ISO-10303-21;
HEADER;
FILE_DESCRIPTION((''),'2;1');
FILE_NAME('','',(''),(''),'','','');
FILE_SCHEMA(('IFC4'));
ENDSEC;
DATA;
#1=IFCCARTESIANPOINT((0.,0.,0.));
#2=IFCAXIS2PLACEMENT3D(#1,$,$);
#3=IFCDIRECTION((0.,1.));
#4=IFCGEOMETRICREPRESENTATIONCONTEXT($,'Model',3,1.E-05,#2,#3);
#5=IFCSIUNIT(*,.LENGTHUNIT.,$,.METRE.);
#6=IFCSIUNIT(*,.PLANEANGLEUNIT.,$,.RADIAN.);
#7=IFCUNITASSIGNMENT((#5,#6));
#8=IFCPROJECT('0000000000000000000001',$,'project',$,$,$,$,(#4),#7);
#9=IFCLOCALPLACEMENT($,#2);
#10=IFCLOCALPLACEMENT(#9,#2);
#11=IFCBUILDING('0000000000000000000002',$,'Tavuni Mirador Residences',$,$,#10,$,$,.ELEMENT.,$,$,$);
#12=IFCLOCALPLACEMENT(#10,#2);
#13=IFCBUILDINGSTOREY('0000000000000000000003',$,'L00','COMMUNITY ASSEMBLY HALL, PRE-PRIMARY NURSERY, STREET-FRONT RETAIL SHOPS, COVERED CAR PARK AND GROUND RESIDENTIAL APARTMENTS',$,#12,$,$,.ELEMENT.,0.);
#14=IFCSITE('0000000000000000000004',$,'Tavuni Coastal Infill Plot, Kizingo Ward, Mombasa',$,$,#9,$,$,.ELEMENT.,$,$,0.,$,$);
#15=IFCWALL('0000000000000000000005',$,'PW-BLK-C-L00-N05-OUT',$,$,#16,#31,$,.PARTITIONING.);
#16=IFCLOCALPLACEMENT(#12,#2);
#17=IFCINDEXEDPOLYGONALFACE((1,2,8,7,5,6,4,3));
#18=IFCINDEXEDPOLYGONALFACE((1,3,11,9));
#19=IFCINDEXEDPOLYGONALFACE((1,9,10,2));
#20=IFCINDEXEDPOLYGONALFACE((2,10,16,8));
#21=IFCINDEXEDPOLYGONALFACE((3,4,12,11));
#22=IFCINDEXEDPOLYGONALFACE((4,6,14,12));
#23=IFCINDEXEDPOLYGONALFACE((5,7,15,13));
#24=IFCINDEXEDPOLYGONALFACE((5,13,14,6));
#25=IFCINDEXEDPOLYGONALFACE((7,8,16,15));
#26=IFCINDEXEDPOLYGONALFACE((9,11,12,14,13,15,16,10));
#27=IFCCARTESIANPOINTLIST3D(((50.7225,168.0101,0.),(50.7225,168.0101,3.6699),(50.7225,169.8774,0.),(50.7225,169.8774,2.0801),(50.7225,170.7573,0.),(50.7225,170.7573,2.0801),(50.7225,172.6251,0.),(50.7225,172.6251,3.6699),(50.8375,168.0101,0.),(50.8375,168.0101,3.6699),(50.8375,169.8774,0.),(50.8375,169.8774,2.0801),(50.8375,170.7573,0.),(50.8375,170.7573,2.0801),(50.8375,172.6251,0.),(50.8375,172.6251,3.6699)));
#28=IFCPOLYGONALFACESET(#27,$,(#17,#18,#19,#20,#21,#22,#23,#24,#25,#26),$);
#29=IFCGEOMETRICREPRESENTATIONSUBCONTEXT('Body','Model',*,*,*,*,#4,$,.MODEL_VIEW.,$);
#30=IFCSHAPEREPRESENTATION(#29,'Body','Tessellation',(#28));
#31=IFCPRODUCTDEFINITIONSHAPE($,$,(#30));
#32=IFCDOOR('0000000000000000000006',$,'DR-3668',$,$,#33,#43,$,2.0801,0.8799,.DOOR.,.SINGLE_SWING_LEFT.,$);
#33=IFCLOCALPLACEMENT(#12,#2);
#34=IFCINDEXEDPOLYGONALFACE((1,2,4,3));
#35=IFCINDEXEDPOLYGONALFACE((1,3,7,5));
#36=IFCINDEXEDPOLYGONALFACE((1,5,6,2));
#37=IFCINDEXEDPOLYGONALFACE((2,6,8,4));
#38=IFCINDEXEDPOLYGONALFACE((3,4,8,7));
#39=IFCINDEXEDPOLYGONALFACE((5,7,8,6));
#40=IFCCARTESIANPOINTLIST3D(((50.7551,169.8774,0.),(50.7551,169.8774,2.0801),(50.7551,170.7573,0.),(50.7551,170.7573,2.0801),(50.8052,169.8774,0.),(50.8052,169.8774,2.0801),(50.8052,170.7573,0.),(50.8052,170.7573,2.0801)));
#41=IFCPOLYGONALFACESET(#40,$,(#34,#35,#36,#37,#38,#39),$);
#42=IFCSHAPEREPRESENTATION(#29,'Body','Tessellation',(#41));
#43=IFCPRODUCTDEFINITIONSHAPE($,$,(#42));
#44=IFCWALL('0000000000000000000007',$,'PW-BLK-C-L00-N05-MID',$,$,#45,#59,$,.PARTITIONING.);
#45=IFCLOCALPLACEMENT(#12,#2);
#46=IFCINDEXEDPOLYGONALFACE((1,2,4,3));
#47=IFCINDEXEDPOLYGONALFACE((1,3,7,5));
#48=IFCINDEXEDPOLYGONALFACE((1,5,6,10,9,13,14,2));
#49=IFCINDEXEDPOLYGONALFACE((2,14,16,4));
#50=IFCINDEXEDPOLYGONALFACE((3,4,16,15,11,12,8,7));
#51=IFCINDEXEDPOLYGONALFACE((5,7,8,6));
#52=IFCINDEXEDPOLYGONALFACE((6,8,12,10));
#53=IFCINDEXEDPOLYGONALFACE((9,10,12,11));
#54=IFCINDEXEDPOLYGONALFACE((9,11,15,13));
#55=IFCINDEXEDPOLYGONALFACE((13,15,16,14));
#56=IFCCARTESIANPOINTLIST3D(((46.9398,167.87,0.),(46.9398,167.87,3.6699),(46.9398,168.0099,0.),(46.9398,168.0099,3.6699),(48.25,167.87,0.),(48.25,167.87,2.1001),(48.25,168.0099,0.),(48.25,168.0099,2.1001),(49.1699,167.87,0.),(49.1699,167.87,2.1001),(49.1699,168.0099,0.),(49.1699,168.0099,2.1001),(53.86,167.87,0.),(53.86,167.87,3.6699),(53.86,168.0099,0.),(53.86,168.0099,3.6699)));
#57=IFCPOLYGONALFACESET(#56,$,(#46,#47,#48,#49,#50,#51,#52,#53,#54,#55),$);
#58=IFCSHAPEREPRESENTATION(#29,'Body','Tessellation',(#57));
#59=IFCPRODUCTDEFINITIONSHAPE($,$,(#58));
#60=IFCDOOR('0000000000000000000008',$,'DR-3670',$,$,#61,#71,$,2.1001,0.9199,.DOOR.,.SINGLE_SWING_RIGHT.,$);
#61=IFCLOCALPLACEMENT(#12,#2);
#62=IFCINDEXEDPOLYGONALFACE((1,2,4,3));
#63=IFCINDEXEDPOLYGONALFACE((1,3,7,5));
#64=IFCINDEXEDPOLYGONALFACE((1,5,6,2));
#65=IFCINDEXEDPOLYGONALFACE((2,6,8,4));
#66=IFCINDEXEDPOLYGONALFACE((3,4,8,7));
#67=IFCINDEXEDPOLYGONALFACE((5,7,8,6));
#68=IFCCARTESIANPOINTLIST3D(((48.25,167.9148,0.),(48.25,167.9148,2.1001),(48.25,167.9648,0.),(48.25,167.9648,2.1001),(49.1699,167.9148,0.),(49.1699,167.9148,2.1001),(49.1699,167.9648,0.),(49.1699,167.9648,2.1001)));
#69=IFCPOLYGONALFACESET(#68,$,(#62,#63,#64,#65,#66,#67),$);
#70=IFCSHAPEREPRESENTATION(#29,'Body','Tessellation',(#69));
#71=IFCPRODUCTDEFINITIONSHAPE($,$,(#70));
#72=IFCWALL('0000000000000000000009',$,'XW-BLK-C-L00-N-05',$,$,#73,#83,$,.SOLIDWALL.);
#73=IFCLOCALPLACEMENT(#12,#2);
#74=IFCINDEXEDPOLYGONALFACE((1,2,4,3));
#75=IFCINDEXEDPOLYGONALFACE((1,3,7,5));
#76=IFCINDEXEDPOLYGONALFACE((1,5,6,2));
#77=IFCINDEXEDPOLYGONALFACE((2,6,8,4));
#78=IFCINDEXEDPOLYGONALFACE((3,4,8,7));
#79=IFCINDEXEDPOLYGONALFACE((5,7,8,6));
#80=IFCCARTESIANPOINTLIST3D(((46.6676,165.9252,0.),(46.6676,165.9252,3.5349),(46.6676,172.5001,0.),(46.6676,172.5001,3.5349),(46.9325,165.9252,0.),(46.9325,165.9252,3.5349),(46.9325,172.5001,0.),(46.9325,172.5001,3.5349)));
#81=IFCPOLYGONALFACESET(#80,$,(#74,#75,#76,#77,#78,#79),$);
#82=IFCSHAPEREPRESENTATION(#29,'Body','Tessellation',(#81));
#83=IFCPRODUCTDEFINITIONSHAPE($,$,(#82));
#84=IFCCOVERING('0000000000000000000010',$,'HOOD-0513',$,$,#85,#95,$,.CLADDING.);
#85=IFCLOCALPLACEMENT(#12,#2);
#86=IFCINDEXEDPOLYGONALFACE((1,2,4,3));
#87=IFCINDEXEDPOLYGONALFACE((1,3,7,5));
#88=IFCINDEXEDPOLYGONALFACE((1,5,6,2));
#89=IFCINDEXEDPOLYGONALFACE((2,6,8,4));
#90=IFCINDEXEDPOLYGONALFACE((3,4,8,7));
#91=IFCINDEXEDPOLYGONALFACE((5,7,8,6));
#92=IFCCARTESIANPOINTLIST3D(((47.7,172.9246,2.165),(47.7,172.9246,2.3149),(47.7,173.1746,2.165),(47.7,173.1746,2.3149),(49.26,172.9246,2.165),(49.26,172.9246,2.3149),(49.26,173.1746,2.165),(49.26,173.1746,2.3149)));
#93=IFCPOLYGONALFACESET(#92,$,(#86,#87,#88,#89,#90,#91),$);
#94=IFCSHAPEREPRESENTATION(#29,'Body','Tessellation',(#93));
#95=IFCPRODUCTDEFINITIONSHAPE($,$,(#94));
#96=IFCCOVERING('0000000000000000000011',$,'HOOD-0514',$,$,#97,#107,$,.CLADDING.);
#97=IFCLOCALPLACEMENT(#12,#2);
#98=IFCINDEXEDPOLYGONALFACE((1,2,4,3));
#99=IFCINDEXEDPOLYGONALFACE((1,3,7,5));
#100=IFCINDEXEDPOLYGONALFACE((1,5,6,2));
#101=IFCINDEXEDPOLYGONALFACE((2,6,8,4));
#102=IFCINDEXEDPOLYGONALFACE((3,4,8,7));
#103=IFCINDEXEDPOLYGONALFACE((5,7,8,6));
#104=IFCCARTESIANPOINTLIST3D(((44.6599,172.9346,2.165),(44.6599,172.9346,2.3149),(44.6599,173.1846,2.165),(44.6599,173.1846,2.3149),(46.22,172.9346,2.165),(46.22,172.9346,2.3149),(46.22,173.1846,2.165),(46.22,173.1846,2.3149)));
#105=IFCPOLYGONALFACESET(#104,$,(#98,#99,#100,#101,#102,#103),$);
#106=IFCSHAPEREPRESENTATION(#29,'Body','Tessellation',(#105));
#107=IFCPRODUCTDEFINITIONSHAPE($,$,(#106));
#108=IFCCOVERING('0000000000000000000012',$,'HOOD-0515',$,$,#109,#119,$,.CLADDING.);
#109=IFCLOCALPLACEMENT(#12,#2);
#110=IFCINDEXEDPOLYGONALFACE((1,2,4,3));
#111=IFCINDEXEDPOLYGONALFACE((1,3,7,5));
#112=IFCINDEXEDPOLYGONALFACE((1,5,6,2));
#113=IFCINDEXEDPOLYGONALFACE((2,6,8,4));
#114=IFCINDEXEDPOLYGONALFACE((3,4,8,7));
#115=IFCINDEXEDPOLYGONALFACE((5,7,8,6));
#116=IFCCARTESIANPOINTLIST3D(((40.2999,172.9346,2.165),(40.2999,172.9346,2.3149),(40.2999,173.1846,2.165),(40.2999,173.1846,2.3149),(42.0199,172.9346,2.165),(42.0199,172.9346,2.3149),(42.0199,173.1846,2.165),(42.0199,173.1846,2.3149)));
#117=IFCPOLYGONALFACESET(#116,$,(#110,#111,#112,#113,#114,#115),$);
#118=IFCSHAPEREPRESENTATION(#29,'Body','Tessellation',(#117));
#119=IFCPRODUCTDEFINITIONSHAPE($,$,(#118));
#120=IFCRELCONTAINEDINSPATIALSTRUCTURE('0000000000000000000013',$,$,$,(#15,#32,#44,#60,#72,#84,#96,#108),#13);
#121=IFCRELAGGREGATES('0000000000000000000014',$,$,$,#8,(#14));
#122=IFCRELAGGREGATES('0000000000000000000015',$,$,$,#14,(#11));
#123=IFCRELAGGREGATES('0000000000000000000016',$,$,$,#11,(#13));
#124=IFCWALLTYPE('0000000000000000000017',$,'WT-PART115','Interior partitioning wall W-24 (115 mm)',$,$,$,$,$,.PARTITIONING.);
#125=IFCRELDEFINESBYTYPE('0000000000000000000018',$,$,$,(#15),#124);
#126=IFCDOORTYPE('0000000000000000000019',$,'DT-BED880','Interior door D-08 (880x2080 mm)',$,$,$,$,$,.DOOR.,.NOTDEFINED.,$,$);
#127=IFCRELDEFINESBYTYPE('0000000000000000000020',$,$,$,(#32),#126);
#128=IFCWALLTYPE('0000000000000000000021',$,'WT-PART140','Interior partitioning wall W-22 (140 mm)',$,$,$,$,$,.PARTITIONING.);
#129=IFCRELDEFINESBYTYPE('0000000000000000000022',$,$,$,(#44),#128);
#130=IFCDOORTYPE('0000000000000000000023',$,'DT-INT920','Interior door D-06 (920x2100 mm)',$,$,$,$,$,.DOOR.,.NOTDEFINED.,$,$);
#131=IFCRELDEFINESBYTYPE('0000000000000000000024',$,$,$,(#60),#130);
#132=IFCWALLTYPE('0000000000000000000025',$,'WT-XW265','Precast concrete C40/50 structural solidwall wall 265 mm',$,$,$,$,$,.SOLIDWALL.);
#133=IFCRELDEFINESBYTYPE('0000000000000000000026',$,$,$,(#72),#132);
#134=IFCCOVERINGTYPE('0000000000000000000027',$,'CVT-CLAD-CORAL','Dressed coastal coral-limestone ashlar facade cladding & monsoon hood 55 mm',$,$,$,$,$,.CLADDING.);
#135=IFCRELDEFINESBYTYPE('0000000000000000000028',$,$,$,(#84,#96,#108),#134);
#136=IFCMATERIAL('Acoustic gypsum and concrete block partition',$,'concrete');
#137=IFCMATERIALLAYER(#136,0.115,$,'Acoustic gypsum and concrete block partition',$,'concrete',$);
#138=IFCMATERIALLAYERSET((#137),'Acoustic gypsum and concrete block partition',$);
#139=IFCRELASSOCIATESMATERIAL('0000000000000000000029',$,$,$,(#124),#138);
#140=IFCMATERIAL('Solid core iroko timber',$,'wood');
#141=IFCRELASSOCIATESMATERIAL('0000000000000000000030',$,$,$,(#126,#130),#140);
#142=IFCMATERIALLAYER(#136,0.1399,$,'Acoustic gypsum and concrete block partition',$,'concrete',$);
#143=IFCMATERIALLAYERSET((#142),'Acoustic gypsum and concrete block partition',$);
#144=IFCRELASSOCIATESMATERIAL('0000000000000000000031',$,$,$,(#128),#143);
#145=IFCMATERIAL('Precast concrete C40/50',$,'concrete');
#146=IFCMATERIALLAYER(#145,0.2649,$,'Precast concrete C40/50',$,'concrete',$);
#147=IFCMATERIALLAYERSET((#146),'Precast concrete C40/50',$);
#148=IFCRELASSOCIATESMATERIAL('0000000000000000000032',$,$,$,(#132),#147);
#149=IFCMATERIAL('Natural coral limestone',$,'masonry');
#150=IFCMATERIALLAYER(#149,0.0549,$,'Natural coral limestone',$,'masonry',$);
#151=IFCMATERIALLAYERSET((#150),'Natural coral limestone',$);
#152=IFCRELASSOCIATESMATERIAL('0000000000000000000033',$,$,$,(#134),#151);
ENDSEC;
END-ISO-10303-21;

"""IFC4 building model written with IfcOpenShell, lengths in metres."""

from ifc_helpers import new_model, si_unit, direction, frame, frame_2d, origin, origin_2d, place, context, subcontext, project, spatial, rectangle, extrude, material, layer, layer_set, type_object, element, fill, save


model = new_model("IFC4")

# Units and contexts
model_context = context("Model", 3, precision=1e-05, world=origin(), true_north=direction((0.0, 1.0)))
body_context = subcontext(model_context, "Body", "Model", "MODEL_VIEW")
ifc_project = project(units=[si_unit("LENGTHUNIT", "METRE"), si_unit("PLANEANGLEUNIT", "RADIAN")], contexts=[model_context])

# Site, building, storey
site_placement = place(None, origin())
site = spatial("IfcSite", under=ifc_project, at=site_placement, Name="Tavuni Coastal Infill Plot, Kizingo Ward, Mombasa", CompositionType="ELEMENT", RefElevation=0.0)
building_placement = place(site_placement, origin())
building = spatial("IfcBuilding", under=site, at=building_placement, Name="Tavuni Mirador Residences", CompositionType="ELEMENT")
storey_placement = place(building_placement, origin())
storey = spatial("IfcBuildingStorey", under=building, at=storey_placement, Name="L00", Description="COMMUNITY ASSEMBLY HALL, PRE-PRIMARY NURSERY, STREET-FRONT RETAIL SHOPS, COVERED CAR PARK AND GROUND RESIDENTIAL APARTMENTS", CompositionType="ELEMENT", Elevation=0.0)

# Shared definitions
ifc_material_1 = material(Name="Precast concrete C40/50", Category="concrete")

# Shared definitions
ifc_material_2 = material(Name="Solid core iroko timber", Category="wood")

# Shared definitions
ifc_material_3 = material(Name="Acoustic gypsum and concrete block partition", Category="concrete")

# Shared definitions
ifc_layer_1 = layer(ifc_material_3, 0.115, Name="Acoustic gypsum and concrete block partition", Category="concrete")
ifc_layer_set_1 = layer_set([ifc_layer_1], Name="Acoustic gypsum and concrete block partition")
wall_type_1 = type_object("IfcWallType", Name="WT-PART115", Description="Interior partitioning wall W-24 (115 mm)", PredefinedType="PARTITIONING", material=ifc_layer_set_1)
door_type_1 = type_object("IfcDoorType", Name="DT-BED880", Description="Interior door D-08 (880x2080 mm)", OperationType="NOTDEFINED", PredefinedType="DOOR", material=ifc_material_2)

# Walls, openings, doors
wall_1_placement = place(storey_placement, frame((50.78, 168.01, 0.0), z_axis=(0.0, 0.0, 1.0), x_axis=(0.0, 1.0, 0.0)))
wall_1 = element("IfcWall", 1, at=wall_1_placement, inside=storey, type_object=wall_type_1, Name="PW-BLK-C-L00-N05-OUT", PredefinedType="PARTITIONING", context=body_context, shape_type="SweptSolid", body=[
    extrude(rectangle(XDim=4.615, YDim=0.115, at=frame_2d((2.3076, 0.0))), origin(), (0.0, 0.0, 1.0), 3.6699),
])
opening_1_placement = place(wall_1_placement, frame((1.8674, 0.0, 0.0)))
opening_1 = element("IfcOpeningElement", 2, at=opening_1_placement, cuts=wall_1, PredefinedType="OPENING", context=body_context, shape_type="SweptSolid", body=[
    extrude(rectangle(XDim=0.8799, YDim=2.0801, at=frame_2d((0.4399, 1.04))), frame((0.0, 0.0674, 0.0), z_axis=(0.0, -1.0, 0.0), x_axis=(1.0, 0.0, 0.0)), (0.0, 0.0, 1.0), 0.135),
])
door_1_placement = place(opening_1_placement, origin())
door_1 = element("IfcDoor", 3, at=door_1_placement, inside=storey, type_object=door_type_1, Name="DR-3668", OperationType="SINGLE_SWING_LEFT", OverallHeight=2.0801, OverallWidth=0.8799, PredefinedType="DOOR", context=body_context, shape_type="SweptSolid", body=[
    extrude(rectangle(XDim=0.8799, YDim=2.0801, at=frame_2d((0.4399, 1.04))), frame((0.0, 0.0249, 0.0), z_axis=(0.0, -1.0, 0.0), x_axis=(1.0, 0.0, 0.0)), (0.0, 0.0, 1.0), 0.05),
])
fill(opening_1, door_1)
ifc_layer_2 = layer(ifc_material_3, 0.1399, Name="Acoustic gypsum and concrete block partition", Category="concrete")
ifc_layer_set_2 = layer_set([ifc_layer_2], Name="Acoustic gypsum and concrete block partition")
wall_type_2 = type_object("IfcWallType", Name="WT-PART140", Description="Interior partitioning wall W-22 (140 mm)", PredefinedType="PARTITIONING", material=ifc_layer_set_2)
wall_2_placement = place(storey_placement, frame((46.9399, 167.9399, 0.0), z_axis=(0.0, 0.0, 1.0), x_axis=(1.0, 0.0, 0.0)))
wall_2 = element("IfcWall", 4, at=wall_2_placement, inside=storey, type_object=wall_type_2, Name="PW-BLK-C-L00-N05-MID", PredefinedType="PARTITIONING", context=body_context, shape_type="SweptSolid", body=[
    extrude(rectangle(XDim=6.9202, YDim=0.1399, at=frame_2d((3.46, 0.0))), origin(), (0.0, 0.0, 1.0), 3.6699),
])
opening_2_placement = place(wall_2_placement, frame((1.3101, 0.0, 0.0)))
opening_2 = element("IfcOpeningElement", 5, at=opening_2_placement, cuts=wall_2, PredefinedType="OPENING", context=body_context, shape_type="SweptSolid", body=[
    extrude(rectangle(XDim=0.9199, YDim=2.1001, at=frame_2d((0.46, 1.05))), frame((0.0, 0.0801, 0.0), z_axis=(0.0, -1.0, 0.0), x_axis=(1.0, 0.0, 0.0)), (0.0, 0.0, 1.0), 0.1599),
])
door_type_2 = type_object("IfcDoorType", Name="DT-INT920", Description="Interior door D-06 (920x2100 mm)", OperationType="NOTDEFINED", PredefinedType="DOOR", material=ifc_material_2)
door_2_placement = place(opening_2_placement, origin())
door_2 = element("IfcDoor", 6, at=door_2_placement, inside=storey, type_object=door_type_2, Name="DR-3670", OperationType="SINGLE_SWING_RIGHT", OverallHeight=2.1001, OverallWidth=0.9199, PredefinedType="DOOR", context=body_context, shape_type="SweptSolid", body=[
    extrude(rectangle(XDim=0.9199, YDim=2.1001, at=frame_2d((0.46, 1.05))), frame((0.0, 0.0249, 0.0), z_axis=(0.0, -1.0, 0.0), x_axis=(1.0, 0.0, 0.0)), (0.0, 0.0, 1.0), 0.05),
])
fill(opening_2, door_2)

# Wall
ifc_layer_3 = layer(ifc_material_1, 0.2649, Name="Precast concrete C40/50", Category="concrete")
ifc_layer_set_3 = layer_set([ifc_layer_3], Name="Precast concrete C40/50")
wall_type_3 = type_object("IfcWallType", Name="WT-XW265", Description="Precast concrete C40/50 structural solidwall wall 265 mm", PredefinedType="SOLIDWALL", material=ifc_layer_set_3)
wall_3_placement = place(storey_placement, frame((46.8, 165.925, 0.0), z_axis=(0.0, 0.0, 1.0), x_axis=(0.0, 1.0, 0.0)))
element("IfcWall", 7, at=wall_3_placement, inside=storey, type_object=wall_type_3, Name="XW-BLK-C-L00-N-05", PredefinedType="SOLIDWALL", context=body_context, shape_type="SweptSolid", body=[
    extrude(rectangle(XDim=6.575, YDim=0.2649, at=frame_2d((3.2876, 0.0))), origin(), (0.0, 0.0, 1.0), 3.5349),
])

# Coverings
ifc_material_4 = material(Name="Natural coral limestone", Category="masonry")
ifc_layer_4 = layer(ifc_material_4, 0.0549, Name="Natural coral limestone", Category="masonry")
ifc_layer_set_4 = layer_set([ifc_layer_4], Name="Natural coral limestone")
covering_type = type_object("IfcCoveringType", Name="CVT-CLAD-CORAL", Description="Dressed coastal coral-limestone ashlar facade cladding & monsoon hood 55 mm", PredefinedType="CLADDING", material=ifc_layer_set_4)
for number, where, z_axis, x_axis, name in (
    (8, (48.48, 173.0496, 2.165), (0.0, 0.0, 1.0), (-1.0, 0.0, 0.0), "HOOD-0513"),
    (9, (45.4399, 173.0596, 2.165), (0.0, 0.0, 1.0), (-1.0, 0.0, 0.0), "HOOD-0514"),
):
    element("IfcCovering", number, at=place(storey_placement, frame(where, z_axis=z_axis, x_axis=x_axis)), inside=storey, type_object=covering_type, Name=name, PredefinedType="CLADDING", context=body_context, shape_type="SweptSolid", body=[
        extrude(rectangle(XDim=1.5601, YDim=0.25, at=origin_2d()), origin(), (0.0, 0.0, 1.0), 0.1499),
    ])
covering_placement = place(storey_placement, frame((41.1599, 173.0596, 2.165), z_axis=(0.0, 0.0, 1.0), x_axis=(-1.0, 0.0, 0.0)))
element("IfcCovering", 10, at=covering_placement, inside=storey, type_object=covering_type, Name="HOOD-0515", PredefinedType="CLADDING", context=body_context, shape_type="SweptSolid", body=[
    extrude(rectangle(XDim=1.72, YDim=0.25, at=origin_2d()), origin(), (0.0, 0.0, 1.0), 0.1499),
])

save(model, "model.ifc")
